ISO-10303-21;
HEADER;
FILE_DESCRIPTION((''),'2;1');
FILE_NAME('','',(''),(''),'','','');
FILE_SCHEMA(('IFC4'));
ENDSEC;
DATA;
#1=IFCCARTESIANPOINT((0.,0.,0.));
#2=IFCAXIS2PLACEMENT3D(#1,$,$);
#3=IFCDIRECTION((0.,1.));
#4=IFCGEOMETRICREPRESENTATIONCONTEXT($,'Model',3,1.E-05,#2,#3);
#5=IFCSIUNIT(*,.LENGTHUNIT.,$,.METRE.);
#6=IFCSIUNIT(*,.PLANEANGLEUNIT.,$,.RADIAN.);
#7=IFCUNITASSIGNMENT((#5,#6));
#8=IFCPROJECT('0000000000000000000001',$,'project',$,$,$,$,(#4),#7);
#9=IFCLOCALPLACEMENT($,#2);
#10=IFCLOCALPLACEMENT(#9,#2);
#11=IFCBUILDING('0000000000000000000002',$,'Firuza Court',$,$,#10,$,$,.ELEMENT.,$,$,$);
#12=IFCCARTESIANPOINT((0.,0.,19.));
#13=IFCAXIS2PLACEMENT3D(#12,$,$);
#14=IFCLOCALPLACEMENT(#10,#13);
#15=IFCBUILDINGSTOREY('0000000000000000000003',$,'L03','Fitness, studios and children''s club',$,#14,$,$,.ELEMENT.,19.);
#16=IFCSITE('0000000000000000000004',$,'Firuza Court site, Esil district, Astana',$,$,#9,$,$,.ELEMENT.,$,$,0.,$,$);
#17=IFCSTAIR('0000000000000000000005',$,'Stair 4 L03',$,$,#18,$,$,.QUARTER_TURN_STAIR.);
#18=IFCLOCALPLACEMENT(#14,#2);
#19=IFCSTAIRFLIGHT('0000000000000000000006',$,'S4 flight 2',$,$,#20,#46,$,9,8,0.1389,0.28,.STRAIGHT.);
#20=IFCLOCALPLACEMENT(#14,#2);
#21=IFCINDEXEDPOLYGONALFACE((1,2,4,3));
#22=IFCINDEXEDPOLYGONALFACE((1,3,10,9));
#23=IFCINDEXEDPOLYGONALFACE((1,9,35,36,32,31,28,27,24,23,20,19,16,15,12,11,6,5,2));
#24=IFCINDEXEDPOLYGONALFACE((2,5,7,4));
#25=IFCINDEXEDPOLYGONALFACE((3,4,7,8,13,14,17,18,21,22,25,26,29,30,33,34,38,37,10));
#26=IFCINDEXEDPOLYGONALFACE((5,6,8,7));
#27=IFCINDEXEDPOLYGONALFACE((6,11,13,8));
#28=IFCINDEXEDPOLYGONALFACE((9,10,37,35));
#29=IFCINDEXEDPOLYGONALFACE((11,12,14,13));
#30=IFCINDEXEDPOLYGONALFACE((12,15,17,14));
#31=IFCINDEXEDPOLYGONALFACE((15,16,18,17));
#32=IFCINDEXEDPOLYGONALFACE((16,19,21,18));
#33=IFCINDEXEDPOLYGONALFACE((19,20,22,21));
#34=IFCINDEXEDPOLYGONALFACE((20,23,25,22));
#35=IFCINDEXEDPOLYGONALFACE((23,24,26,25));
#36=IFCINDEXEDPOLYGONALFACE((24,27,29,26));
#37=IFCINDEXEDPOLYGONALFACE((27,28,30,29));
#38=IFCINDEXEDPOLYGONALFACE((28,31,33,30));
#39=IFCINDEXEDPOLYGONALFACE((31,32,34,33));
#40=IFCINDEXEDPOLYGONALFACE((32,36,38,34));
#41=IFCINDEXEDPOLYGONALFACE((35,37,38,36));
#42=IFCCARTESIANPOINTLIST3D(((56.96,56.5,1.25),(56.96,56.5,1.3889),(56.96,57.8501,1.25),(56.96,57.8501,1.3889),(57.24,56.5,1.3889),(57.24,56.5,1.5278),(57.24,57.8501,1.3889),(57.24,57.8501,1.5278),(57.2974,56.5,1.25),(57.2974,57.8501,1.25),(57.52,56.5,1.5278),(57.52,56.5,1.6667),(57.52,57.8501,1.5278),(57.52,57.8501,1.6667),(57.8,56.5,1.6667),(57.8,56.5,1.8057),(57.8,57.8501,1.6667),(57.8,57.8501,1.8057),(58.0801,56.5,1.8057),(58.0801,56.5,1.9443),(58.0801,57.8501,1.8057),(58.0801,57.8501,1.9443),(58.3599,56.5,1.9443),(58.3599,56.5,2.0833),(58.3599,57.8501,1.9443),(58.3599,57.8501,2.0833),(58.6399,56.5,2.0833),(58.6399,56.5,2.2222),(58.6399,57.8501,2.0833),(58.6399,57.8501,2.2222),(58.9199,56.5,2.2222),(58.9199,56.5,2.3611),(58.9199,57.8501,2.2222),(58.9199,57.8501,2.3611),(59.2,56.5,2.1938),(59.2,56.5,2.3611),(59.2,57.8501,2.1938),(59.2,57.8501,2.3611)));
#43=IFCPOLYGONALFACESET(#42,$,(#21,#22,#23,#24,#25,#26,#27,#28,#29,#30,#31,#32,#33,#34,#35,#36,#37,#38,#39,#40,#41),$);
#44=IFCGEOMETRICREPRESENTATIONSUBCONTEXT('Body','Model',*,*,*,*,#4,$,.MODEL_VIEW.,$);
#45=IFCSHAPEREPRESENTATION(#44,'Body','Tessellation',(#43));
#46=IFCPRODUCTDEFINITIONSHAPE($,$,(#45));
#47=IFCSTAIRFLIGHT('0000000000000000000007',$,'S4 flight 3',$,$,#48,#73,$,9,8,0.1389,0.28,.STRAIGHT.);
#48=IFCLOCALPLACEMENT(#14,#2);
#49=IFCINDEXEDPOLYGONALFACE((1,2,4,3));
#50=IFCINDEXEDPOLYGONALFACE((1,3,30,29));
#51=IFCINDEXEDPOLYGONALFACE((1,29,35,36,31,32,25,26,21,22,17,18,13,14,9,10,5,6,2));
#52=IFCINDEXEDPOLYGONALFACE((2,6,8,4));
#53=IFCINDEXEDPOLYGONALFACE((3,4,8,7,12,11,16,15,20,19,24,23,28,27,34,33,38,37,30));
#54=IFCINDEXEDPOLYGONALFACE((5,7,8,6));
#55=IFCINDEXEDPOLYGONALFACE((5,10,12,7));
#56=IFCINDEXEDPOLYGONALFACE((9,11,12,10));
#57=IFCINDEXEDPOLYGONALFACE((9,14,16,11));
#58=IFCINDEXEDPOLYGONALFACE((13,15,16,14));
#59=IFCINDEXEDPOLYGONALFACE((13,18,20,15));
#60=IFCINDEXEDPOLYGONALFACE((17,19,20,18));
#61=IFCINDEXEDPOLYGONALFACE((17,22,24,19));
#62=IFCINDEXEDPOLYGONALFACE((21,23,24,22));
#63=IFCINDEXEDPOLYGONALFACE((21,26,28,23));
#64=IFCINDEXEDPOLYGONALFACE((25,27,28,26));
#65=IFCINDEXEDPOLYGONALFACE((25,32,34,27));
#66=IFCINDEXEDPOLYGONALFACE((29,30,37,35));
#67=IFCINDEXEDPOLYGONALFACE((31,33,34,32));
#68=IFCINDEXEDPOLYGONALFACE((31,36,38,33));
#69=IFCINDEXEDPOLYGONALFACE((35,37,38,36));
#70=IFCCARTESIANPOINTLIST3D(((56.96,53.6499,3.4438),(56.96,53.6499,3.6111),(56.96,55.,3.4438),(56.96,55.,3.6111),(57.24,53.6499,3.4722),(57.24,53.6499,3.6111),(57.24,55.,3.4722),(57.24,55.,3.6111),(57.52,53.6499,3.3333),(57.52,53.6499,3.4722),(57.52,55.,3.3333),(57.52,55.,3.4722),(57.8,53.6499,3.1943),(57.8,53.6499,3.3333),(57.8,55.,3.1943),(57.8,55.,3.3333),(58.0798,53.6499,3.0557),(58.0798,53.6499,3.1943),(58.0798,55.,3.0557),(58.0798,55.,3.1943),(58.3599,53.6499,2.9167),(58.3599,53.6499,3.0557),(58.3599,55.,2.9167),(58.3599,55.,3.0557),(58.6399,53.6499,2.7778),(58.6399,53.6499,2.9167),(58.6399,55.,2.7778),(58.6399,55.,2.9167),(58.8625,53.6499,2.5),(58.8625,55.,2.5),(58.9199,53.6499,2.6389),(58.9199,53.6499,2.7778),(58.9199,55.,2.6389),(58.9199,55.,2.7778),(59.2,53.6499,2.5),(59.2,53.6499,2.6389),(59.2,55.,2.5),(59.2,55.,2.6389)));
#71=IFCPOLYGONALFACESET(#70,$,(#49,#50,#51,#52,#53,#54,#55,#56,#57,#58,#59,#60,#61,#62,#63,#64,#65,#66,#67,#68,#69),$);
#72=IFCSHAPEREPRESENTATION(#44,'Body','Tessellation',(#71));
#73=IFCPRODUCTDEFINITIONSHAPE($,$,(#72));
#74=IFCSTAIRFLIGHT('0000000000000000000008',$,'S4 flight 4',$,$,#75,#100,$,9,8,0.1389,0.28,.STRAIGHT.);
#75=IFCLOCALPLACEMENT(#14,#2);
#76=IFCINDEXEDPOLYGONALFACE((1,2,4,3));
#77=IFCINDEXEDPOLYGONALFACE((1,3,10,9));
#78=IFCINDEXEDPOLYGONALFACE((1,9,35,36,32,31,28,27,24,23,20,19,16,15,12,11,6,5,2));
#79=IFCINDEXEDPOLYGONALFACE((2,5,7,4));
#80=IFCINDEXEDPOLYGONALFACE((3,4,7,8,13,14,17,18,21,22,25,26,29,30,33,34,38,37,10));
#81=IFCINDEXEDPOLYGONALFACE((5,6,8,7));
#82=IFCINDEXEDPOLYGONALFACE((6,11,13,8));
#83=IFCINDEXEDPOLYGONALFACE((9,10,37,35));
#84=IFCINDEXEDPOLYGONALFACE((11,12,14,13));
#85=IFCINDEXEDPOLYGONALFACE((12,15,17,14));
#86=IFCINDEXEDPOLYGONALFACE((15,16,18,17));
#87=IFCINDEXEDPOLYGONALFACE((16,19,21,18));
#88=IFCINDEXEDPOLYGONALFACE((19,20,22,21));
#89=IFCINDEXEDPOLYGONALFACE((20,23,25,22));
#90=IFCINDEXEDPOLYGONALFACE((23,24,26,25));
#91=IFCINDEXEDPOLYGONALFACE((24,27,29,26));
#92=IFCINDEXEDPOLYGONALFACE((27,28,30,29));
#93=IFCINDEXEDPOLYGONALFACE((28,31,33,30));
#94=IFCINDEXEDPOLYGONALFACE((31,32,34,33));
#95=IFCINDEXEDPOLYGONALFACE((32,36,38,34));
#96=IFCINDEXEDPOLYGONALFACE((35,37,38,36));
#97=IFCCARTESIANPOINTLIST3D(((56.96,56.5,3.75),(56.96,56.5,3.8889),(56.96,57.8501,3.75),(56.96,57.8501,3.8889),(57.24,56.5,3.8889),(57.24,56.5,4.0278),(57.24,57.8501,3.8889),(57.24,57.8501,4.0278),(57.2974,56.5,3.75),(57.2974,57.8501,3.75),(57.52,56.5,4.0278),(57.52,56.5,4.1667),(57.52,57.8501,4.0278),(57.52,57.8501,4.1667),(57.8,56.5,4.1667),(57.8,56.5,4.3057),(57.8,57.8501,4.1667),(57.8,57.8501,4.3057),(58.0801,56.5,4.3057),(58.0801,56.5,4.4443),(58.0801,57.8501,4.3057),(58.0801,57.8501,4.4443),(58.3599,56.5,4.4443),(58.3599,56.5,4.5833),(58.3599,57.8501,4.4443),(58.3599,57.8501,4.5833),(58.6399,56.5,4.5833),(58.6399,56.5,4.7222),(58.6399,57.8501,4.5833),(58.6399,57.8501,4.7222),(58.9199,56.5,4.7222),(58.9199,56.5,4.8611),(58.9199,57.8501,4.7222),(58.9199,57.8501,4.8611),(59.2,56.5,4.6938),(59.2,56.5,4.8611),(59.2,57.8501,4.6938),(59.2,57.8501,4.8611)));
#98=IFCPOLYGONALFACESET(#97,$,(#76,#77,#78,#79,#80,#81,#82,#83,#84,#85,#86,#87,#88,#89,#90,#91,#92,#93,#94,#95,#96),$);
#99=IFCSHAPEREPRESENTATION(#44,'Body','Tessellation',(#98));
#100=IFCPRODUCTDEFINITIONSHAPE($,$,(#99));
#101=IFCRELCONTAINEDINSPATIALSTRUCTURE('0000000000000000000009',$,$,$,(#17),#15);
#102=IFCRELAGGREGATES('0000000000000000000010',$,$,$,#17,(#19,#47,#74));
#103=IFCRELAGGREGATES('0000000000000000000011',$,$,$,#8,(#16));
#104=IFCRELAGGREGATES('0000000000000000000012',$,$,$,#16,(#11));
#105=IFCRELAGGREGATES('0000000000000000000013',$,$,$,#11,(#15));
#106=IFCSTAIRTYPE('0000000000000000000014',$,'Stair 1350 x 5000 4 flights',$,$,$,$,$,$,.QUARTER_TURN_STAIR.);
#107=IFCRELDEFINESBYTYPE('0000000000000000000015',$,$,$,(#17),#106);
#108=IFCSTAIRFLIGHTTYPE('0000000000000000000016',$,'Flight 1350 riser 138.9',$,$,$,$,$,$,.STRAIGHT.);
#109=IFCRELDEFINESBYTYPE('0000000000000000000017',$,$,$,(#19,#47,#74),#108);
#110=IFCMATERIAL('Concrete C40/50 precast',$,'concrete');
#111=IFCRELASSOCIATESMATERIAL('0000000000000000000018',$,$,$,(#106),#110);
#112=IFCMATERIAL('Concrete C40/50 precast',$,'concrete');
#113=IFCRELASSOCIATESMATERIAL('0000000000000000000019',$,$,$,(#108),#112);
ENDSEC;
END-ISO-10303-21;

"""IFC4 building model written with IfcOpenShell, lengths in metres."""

from ifc_helpers import new_model, si_unit, direction, frame, origin, place, context, subcontext, project, spatial, polyline, outline, extrude, material, type_object, element, aggregate, save


model = new_model("IFC4")

# Units and contexts
model_context = context("Model", 3, precision=1e-05, world=origin(), true_north=direction((0.0, 1.0)))
body_context = subcontext(model_context, "Body", "Model", "MODEL_VIEW")
ifc_project = project(units=[si_unit("LENGTHUNIT", "METRE"), si_unit("PLANEANGLEUNIT", "RADIAN")], contexts=[model_context])

# Site, building, storey
site_placement = place(None, origin())
site = spatial("IfcSite", under=ifc_project, at=site_placement, Name="Firuza Court site, Esil district, Astana", CompositionType="ELEMENT", RefElevation=0.0)
building_placement = place(site_placement, origin())
building = spatial("IfcBuilding", under=site, at=building_placement, Name="Firuza Court", CompositionType="ELEMENT")
storey_placement = place(building_placement, frame((0.0, 0.0, 19.0)))
storey = spatial("IfcBuildingStorey", under=building, at=storey_placement, Name="L03", Description="Fitness, studios and children's club", CompositionType="ELEMENT", Elevation=19.0)

# Stair, stair flights
ifc_material_1 = material(Name="Concrete C40/50 precast", Category="concrete")
stair_type = type_object("IfcStairType", Name="Stair 1350 x 5000 4 flights", PredefinedType="QUARTER_TURN_STAIR", material=ifc_material_1)
stair_placement = place(storey_placement, origin())
stair = element("IfcStair", 1, at=stair_placement, inside=storey, type_object=stair_type, Name="Stair 4 L03", PredefinedType="QUARTER_TURN_STAIR")
ifc_material_2 = material(Name="Concrete C40/50 precast", Category="concrete")
stair_flight_type = type_object("IfcStairFlightType", Name="Flight 1350 riser 138.9", PredefinedType="STRAIGHT", material=ifc_material_2)
stair_flight_1_placement = place(storey_placement, frame((56.96, 57.175, 1.25), z_axis=(0.0, 0.0, 1.0), x_axis=(1.0, 0.0, 0.0)))
stair_flight_1 = element("IfcStairFlight", 2, at=stair_flight_1_placement, type_object=stair_flight_type, Name="S4 flight 2", NumberOfRisers=9, NumberOfTreads=8, PredefinedType="STRAIGHT", RiserHeight=0.1389, TreadLength=0.28, context=body_context, shape_type="SweptSolid", body=[
    extrude(outline(polyline([(0.0, 0.0), (0.0, 0.1389), (0.28, 0.1389), (0.28, 0.2778), (0.5601, 0.2778), (0.5601, 0.4167), (0.8401, 0.4167), (0.8401, 0.5557), (1.1201, 0.5557), (1.1201, 0.6943), (1.3999, 0.6943), (1.3999, 0.8333), (1.6799, 0.8333), (1.6799, 0.9722), (1.96, 0.9722), (1.96, 1.1111), (2.24, 1.1111), (2.24, 1.25), (2.24, 0.9438), (0.3374, 0.0), (0.0, 0.0)])), frame((0.0, 0.675, 0.0), z_axis=(0.0, -1.0, 0.0), x_axis=(1.0, 0.0, 0.0)), (0.0, 0.0, 1.0), 1.3501),
])
stair_flight_2_placement = place(storey_placement, frame((59.2, 54.325, 2.5), z_axis=(0.0, 0.0, 1.0), x_axis=(-1.0, 0.0, 0.0)))
stair_flight_2 = element("IfcStairFlight", 3, at=stair_flight_2_placement, type_object=stair_flight_type, Name="S4 flight 3", NumberOfRisers=9, NumberOfTreads=8, PredefinedType="STRAIGHT", RiserHeight=0.1389, TreadLength=0.28, context=body_context, shape_type="SweptSolid", body=[
    extrude(outline(polyline([(0.0, 0.0), (0.0, 0.1389), (0.28, 0.1389), (0.28, 0.2778), (0.5601, 0.2778), (0.5601, 0.4167), (0.8401, 0.4167), (0.8401, 0.5557), (1.1201, 0.5557), (1.1201, 0.6943), (1.3999, 0.6943), (1.3999, 0.8333), (1.6799, 0.8333), (1.6799, 0.9722), (1.96, 0.9722), (1.96, 1.1111), (2.24, 1.1111), (2.24, 1.25), (2.24, 0.9438), (0.3374, 0.0), (0.0, 0.0)])), frame((0.0, 0.675, 0.0), z_axis=(0.0, -1.0, 0.0), x_axis=(1.0, 0.0, 0.0)), (0.0, 0.0, 1.0), 1.3501),
])
stair_flight_3_placement = place(storey_placement, frame((56.96, 57.175, 3.75), z_axis=(0.0, 0.0, 1.0), x_axis=(1.0, 0.0, 0.0)))
stair_flight_3 = element("IfcStairFlight", 4, at=stair_flight_3_placement, type_object=stair_flight_type, Name="S4 flight 4", NumberOfRisers=9, NumberOfTreads=8, PredefinedType="STRAIGHT", RiserHeight=0.1389, TreadLength=0.28, context=body_context, shape_type="SweptSolid", body=[
    extrude(outline(polyline([(0.0, 0.0), (0.0, 0.1389), (0.28, 0.1389), (0.28, 0.2778), (0.5601, 0.2778), (0.5601, 0.4167), (0.8401, 0.4167), (0.8401, 0.5557), (1.1201, 0.5557), (1.1201, 0.6943), (1.3999, 0.6943), (1.3999, 0.8333), (1.6799, 0.8333), (1.6799, 0.9722), (1.96, 0.9722), (1.96, 1.1111), (2.24, 1.1111), (2.24, 1.25), (2.24, 0.9438), (0.3374, 0.0), (0.0, 0.0)])), frame((0.0, 0.675, 0.0), z_axis=(0.0, -1.0, 0.0), x_axis=(1.0, 0.0, 0.0)), (0.0, 0.0, 1.0), 1.3501),
])
aggregate(stair, [stair_flight_1, stair_flight_2, stair_flight_3])

save(model, "model.ifc")
